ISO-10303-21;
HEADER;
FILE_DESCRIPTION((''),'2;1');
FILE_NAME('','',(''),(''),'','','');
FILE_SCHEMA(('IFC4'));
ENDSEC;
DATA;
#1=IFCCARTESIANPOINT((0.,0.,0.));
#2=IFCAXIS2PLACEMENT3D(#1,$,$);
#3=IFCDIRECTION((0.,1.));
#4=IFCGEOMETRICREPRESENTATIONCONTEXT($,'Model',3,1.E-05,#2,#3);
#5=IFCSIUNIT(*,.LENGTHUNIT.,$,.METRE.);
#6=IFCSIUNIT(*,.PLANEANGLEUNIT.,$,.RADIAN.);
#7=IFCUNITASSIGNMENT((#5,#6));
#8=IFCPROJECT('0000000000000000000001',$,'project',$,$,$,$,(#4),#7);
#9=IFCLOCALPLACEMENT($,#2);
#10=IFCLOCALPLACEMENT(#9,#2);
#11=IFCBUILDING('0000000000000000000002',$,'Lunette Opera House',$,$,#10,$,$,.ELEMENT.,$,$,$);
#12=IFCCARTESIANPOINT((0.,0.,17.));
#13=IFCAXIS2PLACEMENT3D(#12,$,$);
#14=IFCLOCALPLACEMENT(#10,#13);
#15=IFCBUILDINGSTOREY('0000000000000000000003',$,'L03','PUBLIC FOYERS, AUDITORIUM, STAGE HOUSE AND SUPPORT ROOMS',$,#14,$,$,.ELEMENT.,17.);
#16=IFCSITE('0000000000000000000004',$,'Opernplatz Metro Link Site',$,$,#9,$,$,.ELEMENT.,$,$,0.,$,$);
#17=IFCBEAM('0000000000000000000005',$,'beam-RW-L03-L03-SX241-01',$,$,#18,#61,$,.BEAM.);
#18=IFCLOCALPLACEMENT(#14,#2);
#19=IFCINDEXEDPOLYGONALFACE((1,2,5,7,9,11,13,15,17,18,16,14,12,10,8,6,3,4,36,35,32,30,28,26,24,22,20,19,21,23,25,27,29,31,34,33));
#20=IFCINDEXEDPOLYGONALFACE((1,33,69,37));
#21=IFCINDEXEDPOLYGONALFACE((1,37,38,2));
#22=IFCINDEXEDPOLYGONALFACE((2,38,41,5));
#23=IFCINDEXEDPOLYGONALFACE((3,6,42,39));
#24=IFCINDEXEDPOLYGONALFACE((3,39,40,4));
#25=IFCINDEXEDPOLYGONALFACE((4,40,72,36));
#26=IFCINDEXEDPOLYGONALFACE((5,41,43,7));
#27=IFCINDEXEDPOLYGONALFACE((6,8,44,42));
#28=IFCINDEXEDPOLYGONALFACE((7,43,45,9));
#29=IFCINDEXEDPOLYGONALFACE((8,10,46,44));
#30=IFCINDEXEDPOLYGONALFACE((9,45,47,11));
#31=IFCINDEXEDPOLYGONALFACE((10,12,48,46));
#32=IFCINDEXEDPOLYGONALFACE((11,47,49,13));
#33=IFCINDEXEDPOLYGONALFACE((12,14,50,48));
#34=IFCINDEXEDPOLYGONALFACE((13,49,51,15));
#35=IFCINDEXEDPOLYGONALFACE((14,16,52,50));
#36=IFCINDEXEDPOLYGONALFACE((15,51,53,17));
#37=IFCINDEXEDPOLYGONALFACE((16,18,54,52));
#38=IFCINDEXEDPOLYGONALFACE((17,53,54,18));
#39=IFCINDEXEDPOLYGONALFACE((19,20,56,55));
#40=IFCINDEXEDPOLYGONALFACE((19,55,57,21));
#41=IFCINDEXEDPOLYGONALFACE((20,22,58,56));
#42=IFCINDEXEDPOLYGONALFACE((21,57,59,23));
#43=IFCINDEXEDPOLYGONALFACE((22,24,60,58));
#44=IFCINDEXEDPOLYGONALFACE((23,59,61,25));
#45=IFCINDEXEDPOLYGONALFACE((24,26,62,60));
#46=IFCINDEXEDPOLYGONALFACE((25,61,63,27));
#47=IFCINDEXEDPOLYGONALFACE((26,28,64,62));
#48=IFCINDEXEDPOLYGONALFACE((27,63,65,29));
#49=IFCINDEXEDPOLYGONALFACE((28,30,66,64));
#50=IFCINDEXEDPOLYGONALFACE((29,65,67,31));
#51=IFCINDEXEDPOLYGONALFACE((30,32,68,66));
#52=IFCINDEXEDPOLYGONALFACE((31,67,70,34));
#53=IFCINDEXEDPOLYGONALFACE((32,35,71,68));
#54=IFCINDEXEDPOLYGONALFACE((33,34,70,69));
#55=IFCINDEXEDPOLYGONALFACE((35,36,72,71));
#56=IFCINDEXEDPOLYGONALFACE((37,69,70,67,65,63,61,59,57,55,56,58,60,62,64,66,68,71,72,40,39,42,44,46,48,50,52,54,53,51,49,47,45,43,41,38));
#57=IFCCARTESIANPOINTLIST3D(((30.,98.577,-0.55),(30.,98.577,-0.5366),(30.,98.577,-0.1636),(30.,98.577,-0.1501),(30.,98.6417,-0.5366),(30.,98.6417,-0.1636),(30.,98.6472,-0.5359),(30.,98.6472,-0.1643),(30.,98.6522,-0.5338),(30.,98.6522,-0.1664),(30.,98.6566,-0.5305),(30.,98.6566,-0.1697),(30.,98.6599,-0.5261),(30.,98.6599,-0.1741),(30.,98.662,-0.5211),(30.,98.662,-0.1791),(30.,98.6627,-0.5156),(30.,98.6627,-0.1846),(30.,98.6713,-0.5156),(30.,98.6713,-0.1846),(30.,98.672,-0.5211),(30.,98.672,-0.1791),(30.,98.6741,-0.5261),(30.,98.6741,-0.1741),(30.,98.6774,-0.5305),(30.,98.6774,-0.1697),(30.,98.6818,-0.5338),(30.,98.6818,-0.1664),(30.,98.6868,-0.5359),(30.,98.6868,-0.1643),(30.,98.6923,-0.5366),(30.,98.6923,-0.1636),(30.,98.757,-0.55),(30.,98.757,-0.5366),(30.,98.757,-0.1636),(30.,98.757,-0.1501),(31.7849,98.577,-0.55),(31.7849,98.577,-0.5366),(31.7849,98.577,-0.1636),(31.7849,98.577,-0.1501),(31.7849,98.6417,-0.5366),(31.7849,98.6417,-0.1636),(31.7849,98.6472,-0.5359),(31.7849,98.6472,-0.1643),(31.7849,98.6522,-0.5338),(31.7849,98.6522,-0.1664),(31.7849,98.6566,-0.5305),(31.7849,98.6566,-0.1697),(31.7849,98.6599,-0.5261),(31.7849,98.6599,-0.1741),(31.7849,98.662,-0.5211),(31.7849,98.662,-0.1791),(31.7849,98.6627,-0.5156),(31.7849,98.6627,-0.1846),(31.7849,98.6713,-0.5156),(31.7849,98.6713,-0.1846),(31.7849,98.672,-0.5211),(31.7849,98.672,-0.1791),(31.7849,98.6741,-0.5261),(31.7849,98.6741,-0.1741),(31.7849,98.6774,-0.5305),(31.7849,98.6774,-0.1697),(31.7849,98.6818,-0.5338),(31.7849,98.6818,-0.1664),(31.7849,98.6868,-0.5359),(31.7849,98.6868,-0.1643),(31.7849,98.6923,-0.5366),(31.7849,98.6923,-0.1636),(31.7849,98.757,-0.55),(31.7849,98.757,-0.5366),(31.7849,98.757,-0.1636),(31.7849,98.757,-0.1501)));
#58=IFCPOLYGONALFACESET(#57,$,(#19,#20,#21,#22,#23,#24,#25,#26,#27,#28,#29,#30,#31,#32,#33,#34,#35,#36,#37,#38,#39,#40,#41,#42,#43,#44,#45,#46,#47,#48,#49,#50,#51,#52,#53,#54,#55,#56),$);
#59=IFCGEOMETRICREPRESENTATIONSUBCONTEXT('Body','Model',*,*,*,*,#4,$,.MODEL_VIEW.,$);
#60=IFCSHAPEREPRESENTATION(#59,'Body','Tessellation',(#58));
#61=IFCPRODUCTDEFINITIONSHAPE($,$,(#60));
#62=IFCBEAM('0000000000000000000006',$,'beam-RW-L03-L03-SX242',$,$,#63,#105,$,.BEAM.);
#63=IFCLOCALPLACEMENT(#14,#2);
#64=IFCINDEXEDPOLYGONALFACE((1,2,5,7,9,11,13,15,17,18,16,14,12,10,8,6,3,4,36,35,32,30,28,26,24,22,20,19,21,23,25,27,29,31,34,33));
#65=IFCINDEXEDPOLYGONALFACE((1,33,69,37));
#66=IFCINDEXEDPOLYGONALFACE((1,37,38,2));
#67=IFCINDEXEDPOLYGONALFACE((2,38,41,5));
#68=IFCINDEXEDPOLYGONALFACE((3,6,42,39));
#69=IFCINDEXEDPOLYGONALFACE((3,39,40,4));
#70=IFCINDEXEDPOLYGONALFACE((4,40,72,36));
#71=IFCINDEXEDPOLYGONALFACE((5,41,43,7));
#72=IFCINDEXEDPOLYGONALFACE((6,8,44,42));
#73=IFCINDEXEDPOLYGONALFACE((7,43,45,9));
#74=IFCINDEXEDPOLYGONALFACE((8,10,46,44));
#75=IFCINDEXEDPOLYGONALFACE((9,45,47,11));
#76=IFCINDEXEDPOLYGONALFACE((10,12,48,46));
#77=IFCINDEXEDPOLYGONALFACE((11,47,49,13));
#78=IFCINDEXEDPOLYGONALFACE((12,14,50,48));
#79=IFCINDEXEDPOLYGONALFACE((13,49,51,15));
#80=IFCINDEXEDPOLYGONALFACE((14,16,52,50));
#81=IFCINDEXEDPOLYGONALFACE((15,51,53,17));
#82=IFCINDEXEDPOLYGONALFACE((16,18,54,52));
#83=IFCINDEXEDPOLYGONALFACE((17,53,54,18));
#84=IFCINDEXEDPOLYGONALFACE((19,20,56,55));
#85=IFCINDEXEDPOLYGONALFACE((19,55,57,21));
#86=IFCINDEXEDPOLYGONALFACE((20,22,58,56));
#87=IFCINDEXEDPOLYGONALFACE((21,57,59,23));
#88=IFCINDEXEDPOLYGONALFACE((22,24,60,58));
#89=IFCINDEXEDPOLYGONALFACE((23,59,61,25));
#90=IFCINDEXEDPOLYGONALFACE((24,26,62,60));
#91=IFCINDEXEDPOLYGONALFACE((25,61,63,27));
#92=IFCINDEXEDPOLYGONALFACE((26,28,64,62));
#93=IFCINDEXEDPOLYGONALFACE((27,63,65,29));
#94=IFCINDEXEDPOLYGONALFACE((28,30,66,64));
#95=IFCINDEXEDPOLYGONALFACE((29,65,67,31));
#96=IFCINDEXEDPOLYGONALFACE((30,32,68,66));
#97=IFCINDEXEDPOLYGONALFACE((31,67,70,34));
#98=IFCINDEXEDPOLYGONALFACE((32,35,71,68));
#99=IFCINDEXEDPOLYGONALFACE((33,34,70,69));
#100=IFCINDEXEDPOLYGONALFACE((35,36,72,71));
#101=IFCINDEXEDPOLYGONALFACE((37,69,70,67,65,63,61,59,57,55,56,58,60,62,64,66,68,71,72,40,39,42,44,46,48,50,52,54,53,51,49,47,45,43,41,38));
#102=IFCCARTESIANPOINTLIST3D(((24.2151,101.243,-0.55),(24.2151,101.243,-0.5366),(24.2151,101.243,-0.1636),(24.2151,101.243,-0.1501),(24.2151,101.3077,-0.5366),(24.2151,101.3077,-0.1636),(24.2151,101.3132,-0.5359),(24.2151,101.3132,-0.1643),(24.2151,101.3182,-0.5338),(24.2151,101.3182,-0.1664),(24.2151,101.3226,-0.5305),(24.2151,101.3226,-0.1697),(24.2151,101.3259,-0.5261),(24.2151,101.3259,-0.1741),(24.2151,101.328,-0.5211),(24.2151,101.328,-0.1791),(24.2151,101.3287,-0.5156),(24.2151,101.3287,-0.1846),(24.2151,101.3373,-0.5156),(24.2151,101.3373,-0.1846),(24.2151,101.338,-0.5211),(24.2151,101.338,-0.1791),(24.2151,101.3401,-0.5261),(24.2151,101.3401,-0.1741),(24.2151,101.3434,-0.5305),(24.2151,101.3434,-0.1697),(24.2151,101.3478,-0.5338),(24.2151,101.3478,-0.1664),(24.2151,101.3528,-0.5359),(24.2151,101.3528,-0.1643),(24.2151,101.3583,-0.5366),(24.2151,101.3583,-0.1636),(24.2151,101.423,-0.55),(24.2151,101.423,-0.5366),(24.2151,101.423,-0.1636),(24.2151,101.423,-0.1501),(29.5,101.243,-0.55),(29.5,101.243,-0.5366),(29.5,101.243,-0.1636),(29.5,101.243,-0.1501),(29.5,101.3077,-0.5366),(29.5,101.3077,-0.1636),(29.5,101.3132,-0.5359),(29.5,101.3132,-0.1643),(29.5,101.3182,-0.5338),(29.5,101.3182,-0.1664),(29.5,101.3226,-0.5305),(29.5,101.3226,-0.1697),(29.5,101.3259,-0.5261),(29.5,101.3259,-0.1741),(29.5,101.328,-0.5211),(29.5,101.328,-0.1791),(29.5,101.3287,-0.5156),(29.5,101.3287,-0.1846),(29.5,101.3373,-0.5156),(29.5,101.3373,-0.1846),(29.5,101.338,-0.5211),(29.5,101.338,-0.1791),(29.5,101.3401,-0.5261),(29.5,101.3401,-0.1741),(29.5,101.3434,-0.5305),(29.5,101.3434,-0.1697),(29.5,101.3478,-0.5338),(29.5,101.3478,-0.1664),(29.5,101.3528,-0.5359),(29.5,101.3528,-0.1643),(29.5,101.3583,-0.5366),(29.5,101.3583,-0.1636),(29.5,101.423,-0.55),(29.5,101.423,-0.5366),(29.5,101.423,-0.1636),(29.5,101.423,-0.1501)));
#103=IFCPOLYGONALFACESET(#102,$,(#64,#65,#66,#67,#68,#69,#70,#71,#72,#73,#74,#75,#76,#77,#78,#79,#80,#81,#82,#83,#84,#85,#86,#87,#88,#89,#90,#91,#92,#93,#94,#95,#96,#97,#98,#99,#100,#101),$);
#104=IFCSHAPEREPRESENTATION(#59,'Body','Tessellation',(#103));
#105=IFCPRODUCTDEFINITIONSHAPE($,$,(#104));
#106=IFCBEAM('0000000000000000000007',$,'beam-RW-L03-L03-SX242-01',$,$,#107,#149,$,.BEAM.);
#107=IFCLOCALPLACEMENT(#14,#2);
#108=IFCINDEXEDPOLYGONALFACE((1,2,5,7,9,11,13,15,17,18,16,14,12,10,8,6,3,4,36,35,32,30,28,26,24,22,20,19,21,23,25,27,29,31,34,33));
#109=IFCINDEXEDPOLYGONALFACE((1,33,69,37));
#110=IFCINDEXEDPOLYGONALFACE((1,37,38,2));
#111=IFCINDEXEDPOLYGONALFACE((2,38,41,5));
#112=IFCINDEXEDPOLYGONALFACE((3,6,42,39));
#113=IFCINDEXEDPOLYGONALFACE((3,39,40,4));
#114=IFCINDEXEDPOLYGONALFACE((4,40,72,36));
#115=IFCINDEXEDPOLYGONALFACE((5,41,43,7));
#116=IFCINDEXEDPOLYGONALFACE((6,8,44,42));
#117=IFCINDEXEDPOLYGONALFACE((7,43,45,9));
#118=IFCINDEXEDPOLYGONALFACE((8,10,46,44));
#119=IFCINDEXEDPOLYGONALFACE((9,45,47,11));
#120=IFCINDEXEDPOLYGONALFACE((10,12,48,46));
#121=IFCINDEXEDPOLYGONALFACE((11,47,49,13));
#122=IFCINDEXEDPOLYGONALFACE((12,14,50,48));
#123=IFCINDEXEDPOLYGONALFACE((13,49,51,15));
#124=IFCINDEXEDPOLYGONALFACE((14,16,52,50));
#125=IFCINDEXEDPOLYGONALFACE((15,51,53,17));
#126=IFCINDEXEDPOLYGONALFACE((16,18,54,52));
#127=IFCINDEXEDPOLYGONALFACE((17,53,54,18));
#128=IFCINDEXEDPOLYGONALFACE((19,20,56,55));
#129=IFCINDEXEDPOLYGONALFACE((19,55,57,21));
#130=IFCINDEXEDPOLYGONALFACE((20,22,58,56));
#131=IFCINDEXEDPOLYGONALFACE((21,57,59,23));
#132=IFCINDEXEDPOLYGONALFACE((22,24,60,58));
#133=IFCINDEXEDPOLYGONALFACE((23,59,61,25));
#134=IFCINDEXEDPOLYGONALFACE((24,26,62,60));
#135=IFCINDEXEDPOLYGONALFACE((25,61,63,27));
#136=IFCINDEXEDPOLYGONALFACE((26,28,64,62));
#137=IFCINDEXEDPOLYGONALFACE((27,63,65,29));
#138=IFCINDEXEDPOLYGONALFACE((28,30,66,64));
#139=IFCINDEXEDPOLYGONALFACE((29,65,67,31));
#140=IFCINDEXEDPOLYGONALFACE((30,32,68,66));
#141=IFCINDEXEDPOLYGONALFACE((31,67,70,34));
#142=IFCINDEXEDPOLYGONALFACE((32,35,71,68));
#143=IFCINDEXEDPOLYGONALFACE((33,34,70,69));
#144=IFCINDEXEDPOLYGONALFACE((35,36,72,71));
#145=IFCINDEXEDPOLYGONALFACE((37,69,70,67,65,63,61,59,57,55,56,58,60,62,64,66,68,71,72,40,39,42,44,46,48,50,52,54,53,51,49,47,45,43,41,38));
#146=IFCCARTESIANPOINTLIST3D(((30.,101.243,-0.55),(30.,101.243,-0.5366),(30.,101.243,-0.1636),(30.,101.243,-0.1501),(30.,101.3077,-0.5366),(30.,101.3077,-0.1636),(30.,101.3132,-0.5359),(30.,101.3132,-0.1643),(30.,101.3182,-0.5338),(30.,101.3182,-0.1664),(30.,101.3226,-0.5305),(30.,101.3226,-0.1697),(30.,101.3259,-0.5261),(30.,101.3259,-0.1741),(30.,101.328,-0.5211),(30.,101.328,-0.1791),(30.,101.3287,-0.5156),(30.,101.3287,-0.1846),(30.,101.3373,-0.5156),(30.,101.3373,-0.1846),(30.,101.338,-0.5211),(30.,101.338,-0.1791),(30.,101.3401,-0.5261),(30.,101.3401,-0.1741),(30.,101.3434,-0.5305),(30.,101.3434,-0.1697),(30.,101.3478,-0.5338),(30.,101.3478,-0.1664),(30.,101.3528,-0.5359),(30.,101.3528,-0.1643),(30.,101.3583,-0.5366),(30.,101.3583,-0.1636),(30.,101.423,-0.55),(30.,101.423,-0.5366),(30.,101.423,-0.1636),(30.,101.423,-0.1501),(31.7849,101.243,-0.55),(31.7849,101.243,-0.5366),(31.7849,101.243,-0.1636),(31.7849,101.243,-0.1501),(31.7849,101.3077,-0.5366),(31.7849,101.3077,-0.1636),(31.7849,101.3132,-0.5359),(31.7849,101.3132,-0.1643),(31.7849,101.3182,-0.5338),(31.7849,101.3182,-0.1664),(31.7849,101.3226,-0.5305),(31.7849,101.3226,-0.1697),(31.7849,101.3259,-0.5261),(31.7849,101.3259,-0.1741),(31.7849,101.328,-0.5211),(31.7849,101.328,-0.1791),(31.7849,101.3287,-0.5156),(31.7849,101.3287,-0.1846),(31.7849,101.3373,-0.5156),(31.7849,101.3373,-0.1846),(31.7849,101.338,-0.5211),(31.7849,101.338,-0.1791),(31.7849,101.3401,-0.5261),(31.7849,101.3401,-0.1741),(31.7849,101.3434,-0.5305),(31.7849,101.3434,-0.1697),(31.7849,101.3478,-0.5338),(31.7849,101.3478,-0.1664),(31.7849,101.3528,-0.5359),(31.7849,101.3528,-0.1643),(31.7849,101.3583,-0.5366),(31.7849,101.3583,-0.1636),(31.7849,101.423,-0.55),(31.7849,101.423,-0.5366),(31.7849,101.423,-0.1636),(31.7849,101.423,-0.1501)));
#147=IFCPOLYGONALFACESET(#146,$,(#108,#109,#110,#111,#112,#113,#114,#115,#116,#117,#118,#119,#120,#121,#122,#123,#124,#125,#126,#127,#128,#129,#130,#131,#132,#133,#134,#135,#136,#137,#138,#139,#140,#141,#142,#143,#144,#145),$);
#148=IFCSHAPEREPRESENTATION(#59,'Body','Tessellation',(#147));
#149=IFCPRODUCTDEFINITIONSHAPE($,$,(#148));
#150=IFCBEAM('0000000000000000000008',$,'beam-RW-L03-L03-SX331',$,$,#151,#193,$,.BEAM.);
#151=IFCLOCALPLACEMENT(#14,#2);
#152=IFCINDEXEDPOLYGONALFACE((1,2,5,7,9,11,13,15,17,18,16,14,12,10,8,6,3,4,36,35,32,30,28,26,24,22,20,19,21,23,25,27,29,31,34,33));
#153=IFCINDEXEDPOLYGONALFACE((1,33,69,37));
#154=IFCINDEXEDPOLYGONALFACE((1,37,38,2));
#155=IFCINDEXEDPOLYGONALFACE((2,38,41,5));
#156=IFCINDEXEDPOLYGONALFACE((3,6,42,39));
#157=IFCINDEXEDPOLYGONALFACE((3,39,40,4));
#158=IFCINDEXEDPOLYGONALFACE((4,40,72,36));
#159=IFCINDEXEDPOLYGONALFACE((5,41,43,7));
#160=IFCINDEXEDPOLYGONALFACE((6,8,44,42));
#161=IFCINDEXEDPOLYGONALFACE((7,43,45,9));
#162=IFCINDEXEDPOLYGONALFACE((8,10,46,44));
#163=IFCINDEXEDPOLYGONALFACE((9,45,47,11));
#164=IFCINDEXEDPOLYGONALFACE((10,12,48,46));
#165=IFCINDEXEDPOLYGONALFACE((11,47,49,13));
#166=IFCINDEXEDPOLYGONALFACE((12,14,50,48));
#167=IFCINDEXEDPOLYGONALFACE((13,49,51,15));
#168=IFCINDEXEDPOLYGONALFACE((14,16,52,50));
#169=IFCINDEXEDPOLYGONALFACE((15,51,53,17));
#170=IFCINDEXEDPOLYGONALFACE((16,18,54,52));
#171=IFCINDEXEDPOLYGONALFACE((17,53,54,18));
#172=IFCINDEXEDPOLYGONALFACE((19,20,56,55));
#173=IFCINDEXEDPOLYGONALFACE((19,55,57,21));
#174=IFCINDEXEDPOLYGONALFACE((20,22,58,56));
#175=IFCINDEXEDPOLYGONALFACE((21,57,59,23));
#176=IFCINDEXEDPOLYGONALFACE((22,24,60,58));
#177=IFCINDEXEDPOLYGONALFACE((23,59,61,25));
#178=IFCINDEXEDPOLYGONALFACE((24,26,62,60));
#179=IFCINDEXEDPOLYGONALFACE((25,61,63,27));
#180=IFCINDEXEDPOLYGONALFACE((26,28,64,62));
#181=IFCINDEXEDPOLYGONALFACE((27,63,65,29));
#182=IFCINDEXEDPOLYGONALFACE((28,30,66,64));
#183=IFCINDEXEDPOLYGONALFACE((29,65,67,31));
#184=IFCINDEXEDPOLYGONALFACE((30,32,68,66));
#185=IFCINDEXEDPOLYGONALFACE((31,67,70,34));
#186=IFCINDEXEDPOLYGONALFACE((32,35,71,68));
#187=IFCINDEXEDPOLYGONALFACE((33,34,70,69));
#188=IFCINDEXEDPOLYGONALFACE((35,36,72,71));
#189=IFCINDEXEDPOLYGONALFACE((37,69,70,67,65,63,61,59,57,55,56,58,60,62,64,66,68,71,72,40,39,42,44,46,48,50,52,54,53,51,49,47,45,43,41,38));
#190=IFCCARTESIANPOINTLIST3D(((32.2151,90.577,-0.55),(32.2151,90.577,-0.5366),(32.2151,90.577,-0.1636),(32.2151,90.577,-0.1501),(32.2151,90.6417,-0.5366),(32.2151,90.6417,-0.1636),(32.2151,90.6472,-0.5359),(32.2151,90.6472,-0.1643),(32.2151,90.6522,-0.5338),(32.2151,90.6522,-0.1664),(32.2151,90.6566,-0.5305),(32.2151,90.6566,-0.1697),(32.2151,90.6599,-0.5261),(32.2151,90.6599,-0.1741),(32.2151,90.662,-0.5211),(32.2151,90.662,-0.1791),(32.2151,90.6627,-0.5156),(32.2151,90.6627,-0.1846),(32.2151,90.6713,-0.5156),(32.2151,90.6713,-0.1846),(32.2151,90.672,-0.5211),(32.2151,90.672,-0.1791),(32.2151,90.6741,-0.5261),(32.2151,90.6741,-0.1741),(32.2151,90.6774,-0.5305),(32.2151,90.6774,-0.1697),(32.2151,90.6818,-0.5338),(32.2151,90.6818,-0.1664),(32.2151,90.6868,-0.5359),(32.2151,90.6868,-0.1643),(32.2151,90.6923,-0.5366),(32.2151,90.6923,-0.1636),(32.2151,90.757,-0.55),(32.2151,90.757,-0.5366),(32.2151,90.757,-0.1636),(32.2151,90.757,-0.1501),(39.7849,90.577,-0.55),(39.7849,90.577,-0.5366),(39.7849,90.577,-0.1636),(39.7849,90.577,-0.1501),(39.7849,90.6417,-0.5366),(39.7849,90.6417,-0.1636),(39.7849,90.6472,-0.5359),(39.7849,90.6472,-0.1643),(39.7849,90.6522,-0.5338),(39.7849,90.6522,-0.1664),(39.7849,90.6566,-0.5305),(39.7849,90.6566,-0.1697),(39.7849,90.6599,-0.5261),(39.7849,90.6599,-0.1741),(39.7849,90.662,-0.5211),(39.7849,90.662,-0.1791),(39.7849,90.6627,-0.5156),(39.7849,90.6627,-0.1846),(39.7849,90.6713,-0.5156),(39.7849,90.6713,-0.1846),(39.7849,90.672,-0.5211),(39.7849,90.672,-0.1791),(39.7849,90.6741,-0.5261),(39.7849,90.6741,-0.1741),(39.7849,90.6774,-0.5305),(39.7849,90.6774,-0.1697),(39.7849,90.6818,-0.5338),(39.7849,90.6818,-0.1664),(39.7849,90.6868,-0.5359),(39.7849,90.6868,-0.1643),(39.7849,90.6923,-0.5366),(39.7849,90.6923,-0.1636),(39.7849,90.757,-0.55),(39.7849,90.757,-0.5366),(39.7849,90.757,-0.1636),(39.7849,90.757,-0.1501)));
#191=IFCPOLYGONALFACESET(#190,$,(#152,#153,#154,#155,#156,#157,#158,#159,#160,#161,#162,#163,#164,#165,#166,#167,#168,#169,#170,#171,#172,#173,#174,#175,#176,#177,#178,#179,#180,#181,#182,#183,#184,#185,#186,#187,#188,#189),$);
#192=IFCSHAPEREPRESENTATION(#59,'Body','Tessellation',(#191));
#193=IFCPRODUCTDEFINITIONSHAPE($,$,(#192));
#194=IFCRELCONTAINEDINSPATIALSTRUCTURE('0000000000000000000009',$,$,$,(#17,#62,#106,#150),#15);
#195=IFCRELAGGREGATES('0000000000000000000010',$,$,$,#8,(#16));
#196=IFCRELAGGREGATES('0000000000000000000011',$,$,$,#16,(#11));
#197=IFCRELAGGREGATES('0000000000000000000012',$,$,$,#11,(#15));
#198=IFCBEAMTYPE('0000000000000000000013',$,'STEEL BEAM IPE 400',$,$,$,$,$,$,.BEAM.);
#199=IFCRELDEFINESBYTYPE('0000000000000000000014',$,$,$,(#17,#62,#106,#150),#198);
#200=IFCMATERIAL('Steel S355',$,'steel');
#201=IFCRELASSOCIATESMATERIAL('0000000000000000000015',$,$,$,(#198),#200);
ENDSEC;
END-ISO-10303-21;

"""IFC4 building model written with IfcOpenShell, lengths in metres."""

from ifc_helpers import new_model, si_unit, direction, frame, origin, origin_2d, place, context, subcontext, project, spatial, i_section, extrude, material, material_profile, profile_set, type_object, element, save


model = new_model("IFC4")

# Units and contexts
model_context = context("Model", 3, precision=1e-05, world=origin(), true_north=direction((0.0, 1.0)))
body_context = subcontext(model_context, "Body", "Model", "MODEL_VIEW")
ifc_project = project(units=[si_unit("LENGTHUNIT", "METRE"), si_unit("PLANEANGLEUNIT", "RADIAN")], contexts=[model_context])

# Site, building, storey
site_placement = place(None, origin())
site = spatial("IfcSite", under=ifc_project, at=site_placement, Name="Opernplatz Metro Link Site", CompositionType="ELEMENT", RefElevation=0.0)
building_placement = place(site_placement, origin())
building = spatial("IfcBuilding", under=site, at=building_placement, Name="Lunette Opera House", CompositionType="ELEMENT")
storey_placement = place(building_placement, frame((0.0, 0.0, 17.0)))
storey = spatial("IfcBuildingStorey", under=building, at=storey_placement, Name="L03", Description="PUBLIC FOYERS, AUDITORIUM, STAGE HOUSE AND SUPPORT ROOMS", CompositionType="ELEMENT", Elevation=17.0)

# Beams
ifc_material_1 = material(Name="Steel S355", Category="steel")
ifc_material_profile_1 = material_profile(ifc_material_1, i_section(OverallWidth=0.1799, OverallDepth=0.3999, WebThickness=0.0085, FlangeThickness=0.0134, FilletRadius=0.021, at=origin_2d()), Name="IPE 400")
ifc_profile_set_1 = profile_set([ifc_material_profile_1], Name="Steel S355")
beam_type_1 = type_object("IfcBeamType", Name="STEEL BEAM IPE 400", PredefinedType="BEAM", material=ifc_profile_set_1)
beam_1_placement = place(storey_placement, frame((30.0, 98.667, -0.3501), z_axis=(1.0, 0.0, 0.0), x_axis=(0.0, 1.0, 0.0)))
element("IfcBeam", 1, at=beam_1_placement, inside=storey, type_object=beam_type_1, Name="beam-RW-L03-L03-SX241-01", PredefinedType="BEAM", context=body_context, shape_type="SweptSolid", body=[
    extrude(i_section(OverallWidth=0.1799, OverallDepth=0.3999, WebThickness=0.0085, FlangeThickness=0.0134, FilletRadius=0.021, at=origin_2d()), origin(), (0.0, 0.0, 1.0), 1.7849),
])
beam_2_placement = place(storey_placement, frame((24.2151, 101.333, -0.3501), z_axis=(1.0, 0.0, 0.0), x_axis=(0.0, 1.0, 0.0)))
element("IfcBeam", 2, at=beam_2_placement, inside=storey, type_object=beam_type_1, Name="beam-RW-L03-L03-SX242", PredefinedType="BEAM", context=body_context, shape_type="SweptSolid", body=[
    extrude(i_section(OverallWidth=0.1799, OverallDepth=0.3999, WebThickness=0.0085, FlangeThickness=0.0134, FilletRadius=0.021, at=origin_2d()), origin(), (0.0, 0.0, 1.0), 5.2849),
])
beam_3_placement = place(storey_placement, frame((30.0, 101.333, -0.3501), z_axis=(1.0, 0.0, 0.0), x_axis=(0.0, 1.0, 0.0)))
element("IfcBeam", 3, at=beam_3_placement, inside=storey, type_object=beam_type_1, Name="beam-RW-L03-L03-SX242-01", PredefinedType="BEAM", context=body_context, shape_type="SweptSolid", body=[
    extrude(i_section(OverallWidth=0.1799, OverallDepth=0.3999, WebThickness=0.0085, FlangeThickness=0.0134, FilletRadius=0.021, at=origin_2d()), origin(), (0.0, 0.0, 1.0), 1.7849),
])
for number, where, z_axis, x_axis, name in (
    (4, (32.2151, 90.667, -0.3501), (1.0, 0.0, 0.0), (0.0, 1.0, 0.0), "beam-RW-L03-L03-SX331"),
):
    element("IfcBeam", number, at=place(storey_placement, frame(where, z_axis=z_axis, x_axis=x_axis)), inside=storey, type_object=beam_type_1, Name=name, PredefinedType="BEAM", context=body_context, shape_type="SweptSolid", body=[
        extrude(i_section(OverallWidth=0.1799, OverallDepth=0.3999, WebThickness=0.0085, FlangeThickness=0.0134, FilletRadius=0.021, at=origin_2d()), origin(), (0.0, 0.0, 1.0), 7.5698),
    ])

save(model, "model.ifc")
